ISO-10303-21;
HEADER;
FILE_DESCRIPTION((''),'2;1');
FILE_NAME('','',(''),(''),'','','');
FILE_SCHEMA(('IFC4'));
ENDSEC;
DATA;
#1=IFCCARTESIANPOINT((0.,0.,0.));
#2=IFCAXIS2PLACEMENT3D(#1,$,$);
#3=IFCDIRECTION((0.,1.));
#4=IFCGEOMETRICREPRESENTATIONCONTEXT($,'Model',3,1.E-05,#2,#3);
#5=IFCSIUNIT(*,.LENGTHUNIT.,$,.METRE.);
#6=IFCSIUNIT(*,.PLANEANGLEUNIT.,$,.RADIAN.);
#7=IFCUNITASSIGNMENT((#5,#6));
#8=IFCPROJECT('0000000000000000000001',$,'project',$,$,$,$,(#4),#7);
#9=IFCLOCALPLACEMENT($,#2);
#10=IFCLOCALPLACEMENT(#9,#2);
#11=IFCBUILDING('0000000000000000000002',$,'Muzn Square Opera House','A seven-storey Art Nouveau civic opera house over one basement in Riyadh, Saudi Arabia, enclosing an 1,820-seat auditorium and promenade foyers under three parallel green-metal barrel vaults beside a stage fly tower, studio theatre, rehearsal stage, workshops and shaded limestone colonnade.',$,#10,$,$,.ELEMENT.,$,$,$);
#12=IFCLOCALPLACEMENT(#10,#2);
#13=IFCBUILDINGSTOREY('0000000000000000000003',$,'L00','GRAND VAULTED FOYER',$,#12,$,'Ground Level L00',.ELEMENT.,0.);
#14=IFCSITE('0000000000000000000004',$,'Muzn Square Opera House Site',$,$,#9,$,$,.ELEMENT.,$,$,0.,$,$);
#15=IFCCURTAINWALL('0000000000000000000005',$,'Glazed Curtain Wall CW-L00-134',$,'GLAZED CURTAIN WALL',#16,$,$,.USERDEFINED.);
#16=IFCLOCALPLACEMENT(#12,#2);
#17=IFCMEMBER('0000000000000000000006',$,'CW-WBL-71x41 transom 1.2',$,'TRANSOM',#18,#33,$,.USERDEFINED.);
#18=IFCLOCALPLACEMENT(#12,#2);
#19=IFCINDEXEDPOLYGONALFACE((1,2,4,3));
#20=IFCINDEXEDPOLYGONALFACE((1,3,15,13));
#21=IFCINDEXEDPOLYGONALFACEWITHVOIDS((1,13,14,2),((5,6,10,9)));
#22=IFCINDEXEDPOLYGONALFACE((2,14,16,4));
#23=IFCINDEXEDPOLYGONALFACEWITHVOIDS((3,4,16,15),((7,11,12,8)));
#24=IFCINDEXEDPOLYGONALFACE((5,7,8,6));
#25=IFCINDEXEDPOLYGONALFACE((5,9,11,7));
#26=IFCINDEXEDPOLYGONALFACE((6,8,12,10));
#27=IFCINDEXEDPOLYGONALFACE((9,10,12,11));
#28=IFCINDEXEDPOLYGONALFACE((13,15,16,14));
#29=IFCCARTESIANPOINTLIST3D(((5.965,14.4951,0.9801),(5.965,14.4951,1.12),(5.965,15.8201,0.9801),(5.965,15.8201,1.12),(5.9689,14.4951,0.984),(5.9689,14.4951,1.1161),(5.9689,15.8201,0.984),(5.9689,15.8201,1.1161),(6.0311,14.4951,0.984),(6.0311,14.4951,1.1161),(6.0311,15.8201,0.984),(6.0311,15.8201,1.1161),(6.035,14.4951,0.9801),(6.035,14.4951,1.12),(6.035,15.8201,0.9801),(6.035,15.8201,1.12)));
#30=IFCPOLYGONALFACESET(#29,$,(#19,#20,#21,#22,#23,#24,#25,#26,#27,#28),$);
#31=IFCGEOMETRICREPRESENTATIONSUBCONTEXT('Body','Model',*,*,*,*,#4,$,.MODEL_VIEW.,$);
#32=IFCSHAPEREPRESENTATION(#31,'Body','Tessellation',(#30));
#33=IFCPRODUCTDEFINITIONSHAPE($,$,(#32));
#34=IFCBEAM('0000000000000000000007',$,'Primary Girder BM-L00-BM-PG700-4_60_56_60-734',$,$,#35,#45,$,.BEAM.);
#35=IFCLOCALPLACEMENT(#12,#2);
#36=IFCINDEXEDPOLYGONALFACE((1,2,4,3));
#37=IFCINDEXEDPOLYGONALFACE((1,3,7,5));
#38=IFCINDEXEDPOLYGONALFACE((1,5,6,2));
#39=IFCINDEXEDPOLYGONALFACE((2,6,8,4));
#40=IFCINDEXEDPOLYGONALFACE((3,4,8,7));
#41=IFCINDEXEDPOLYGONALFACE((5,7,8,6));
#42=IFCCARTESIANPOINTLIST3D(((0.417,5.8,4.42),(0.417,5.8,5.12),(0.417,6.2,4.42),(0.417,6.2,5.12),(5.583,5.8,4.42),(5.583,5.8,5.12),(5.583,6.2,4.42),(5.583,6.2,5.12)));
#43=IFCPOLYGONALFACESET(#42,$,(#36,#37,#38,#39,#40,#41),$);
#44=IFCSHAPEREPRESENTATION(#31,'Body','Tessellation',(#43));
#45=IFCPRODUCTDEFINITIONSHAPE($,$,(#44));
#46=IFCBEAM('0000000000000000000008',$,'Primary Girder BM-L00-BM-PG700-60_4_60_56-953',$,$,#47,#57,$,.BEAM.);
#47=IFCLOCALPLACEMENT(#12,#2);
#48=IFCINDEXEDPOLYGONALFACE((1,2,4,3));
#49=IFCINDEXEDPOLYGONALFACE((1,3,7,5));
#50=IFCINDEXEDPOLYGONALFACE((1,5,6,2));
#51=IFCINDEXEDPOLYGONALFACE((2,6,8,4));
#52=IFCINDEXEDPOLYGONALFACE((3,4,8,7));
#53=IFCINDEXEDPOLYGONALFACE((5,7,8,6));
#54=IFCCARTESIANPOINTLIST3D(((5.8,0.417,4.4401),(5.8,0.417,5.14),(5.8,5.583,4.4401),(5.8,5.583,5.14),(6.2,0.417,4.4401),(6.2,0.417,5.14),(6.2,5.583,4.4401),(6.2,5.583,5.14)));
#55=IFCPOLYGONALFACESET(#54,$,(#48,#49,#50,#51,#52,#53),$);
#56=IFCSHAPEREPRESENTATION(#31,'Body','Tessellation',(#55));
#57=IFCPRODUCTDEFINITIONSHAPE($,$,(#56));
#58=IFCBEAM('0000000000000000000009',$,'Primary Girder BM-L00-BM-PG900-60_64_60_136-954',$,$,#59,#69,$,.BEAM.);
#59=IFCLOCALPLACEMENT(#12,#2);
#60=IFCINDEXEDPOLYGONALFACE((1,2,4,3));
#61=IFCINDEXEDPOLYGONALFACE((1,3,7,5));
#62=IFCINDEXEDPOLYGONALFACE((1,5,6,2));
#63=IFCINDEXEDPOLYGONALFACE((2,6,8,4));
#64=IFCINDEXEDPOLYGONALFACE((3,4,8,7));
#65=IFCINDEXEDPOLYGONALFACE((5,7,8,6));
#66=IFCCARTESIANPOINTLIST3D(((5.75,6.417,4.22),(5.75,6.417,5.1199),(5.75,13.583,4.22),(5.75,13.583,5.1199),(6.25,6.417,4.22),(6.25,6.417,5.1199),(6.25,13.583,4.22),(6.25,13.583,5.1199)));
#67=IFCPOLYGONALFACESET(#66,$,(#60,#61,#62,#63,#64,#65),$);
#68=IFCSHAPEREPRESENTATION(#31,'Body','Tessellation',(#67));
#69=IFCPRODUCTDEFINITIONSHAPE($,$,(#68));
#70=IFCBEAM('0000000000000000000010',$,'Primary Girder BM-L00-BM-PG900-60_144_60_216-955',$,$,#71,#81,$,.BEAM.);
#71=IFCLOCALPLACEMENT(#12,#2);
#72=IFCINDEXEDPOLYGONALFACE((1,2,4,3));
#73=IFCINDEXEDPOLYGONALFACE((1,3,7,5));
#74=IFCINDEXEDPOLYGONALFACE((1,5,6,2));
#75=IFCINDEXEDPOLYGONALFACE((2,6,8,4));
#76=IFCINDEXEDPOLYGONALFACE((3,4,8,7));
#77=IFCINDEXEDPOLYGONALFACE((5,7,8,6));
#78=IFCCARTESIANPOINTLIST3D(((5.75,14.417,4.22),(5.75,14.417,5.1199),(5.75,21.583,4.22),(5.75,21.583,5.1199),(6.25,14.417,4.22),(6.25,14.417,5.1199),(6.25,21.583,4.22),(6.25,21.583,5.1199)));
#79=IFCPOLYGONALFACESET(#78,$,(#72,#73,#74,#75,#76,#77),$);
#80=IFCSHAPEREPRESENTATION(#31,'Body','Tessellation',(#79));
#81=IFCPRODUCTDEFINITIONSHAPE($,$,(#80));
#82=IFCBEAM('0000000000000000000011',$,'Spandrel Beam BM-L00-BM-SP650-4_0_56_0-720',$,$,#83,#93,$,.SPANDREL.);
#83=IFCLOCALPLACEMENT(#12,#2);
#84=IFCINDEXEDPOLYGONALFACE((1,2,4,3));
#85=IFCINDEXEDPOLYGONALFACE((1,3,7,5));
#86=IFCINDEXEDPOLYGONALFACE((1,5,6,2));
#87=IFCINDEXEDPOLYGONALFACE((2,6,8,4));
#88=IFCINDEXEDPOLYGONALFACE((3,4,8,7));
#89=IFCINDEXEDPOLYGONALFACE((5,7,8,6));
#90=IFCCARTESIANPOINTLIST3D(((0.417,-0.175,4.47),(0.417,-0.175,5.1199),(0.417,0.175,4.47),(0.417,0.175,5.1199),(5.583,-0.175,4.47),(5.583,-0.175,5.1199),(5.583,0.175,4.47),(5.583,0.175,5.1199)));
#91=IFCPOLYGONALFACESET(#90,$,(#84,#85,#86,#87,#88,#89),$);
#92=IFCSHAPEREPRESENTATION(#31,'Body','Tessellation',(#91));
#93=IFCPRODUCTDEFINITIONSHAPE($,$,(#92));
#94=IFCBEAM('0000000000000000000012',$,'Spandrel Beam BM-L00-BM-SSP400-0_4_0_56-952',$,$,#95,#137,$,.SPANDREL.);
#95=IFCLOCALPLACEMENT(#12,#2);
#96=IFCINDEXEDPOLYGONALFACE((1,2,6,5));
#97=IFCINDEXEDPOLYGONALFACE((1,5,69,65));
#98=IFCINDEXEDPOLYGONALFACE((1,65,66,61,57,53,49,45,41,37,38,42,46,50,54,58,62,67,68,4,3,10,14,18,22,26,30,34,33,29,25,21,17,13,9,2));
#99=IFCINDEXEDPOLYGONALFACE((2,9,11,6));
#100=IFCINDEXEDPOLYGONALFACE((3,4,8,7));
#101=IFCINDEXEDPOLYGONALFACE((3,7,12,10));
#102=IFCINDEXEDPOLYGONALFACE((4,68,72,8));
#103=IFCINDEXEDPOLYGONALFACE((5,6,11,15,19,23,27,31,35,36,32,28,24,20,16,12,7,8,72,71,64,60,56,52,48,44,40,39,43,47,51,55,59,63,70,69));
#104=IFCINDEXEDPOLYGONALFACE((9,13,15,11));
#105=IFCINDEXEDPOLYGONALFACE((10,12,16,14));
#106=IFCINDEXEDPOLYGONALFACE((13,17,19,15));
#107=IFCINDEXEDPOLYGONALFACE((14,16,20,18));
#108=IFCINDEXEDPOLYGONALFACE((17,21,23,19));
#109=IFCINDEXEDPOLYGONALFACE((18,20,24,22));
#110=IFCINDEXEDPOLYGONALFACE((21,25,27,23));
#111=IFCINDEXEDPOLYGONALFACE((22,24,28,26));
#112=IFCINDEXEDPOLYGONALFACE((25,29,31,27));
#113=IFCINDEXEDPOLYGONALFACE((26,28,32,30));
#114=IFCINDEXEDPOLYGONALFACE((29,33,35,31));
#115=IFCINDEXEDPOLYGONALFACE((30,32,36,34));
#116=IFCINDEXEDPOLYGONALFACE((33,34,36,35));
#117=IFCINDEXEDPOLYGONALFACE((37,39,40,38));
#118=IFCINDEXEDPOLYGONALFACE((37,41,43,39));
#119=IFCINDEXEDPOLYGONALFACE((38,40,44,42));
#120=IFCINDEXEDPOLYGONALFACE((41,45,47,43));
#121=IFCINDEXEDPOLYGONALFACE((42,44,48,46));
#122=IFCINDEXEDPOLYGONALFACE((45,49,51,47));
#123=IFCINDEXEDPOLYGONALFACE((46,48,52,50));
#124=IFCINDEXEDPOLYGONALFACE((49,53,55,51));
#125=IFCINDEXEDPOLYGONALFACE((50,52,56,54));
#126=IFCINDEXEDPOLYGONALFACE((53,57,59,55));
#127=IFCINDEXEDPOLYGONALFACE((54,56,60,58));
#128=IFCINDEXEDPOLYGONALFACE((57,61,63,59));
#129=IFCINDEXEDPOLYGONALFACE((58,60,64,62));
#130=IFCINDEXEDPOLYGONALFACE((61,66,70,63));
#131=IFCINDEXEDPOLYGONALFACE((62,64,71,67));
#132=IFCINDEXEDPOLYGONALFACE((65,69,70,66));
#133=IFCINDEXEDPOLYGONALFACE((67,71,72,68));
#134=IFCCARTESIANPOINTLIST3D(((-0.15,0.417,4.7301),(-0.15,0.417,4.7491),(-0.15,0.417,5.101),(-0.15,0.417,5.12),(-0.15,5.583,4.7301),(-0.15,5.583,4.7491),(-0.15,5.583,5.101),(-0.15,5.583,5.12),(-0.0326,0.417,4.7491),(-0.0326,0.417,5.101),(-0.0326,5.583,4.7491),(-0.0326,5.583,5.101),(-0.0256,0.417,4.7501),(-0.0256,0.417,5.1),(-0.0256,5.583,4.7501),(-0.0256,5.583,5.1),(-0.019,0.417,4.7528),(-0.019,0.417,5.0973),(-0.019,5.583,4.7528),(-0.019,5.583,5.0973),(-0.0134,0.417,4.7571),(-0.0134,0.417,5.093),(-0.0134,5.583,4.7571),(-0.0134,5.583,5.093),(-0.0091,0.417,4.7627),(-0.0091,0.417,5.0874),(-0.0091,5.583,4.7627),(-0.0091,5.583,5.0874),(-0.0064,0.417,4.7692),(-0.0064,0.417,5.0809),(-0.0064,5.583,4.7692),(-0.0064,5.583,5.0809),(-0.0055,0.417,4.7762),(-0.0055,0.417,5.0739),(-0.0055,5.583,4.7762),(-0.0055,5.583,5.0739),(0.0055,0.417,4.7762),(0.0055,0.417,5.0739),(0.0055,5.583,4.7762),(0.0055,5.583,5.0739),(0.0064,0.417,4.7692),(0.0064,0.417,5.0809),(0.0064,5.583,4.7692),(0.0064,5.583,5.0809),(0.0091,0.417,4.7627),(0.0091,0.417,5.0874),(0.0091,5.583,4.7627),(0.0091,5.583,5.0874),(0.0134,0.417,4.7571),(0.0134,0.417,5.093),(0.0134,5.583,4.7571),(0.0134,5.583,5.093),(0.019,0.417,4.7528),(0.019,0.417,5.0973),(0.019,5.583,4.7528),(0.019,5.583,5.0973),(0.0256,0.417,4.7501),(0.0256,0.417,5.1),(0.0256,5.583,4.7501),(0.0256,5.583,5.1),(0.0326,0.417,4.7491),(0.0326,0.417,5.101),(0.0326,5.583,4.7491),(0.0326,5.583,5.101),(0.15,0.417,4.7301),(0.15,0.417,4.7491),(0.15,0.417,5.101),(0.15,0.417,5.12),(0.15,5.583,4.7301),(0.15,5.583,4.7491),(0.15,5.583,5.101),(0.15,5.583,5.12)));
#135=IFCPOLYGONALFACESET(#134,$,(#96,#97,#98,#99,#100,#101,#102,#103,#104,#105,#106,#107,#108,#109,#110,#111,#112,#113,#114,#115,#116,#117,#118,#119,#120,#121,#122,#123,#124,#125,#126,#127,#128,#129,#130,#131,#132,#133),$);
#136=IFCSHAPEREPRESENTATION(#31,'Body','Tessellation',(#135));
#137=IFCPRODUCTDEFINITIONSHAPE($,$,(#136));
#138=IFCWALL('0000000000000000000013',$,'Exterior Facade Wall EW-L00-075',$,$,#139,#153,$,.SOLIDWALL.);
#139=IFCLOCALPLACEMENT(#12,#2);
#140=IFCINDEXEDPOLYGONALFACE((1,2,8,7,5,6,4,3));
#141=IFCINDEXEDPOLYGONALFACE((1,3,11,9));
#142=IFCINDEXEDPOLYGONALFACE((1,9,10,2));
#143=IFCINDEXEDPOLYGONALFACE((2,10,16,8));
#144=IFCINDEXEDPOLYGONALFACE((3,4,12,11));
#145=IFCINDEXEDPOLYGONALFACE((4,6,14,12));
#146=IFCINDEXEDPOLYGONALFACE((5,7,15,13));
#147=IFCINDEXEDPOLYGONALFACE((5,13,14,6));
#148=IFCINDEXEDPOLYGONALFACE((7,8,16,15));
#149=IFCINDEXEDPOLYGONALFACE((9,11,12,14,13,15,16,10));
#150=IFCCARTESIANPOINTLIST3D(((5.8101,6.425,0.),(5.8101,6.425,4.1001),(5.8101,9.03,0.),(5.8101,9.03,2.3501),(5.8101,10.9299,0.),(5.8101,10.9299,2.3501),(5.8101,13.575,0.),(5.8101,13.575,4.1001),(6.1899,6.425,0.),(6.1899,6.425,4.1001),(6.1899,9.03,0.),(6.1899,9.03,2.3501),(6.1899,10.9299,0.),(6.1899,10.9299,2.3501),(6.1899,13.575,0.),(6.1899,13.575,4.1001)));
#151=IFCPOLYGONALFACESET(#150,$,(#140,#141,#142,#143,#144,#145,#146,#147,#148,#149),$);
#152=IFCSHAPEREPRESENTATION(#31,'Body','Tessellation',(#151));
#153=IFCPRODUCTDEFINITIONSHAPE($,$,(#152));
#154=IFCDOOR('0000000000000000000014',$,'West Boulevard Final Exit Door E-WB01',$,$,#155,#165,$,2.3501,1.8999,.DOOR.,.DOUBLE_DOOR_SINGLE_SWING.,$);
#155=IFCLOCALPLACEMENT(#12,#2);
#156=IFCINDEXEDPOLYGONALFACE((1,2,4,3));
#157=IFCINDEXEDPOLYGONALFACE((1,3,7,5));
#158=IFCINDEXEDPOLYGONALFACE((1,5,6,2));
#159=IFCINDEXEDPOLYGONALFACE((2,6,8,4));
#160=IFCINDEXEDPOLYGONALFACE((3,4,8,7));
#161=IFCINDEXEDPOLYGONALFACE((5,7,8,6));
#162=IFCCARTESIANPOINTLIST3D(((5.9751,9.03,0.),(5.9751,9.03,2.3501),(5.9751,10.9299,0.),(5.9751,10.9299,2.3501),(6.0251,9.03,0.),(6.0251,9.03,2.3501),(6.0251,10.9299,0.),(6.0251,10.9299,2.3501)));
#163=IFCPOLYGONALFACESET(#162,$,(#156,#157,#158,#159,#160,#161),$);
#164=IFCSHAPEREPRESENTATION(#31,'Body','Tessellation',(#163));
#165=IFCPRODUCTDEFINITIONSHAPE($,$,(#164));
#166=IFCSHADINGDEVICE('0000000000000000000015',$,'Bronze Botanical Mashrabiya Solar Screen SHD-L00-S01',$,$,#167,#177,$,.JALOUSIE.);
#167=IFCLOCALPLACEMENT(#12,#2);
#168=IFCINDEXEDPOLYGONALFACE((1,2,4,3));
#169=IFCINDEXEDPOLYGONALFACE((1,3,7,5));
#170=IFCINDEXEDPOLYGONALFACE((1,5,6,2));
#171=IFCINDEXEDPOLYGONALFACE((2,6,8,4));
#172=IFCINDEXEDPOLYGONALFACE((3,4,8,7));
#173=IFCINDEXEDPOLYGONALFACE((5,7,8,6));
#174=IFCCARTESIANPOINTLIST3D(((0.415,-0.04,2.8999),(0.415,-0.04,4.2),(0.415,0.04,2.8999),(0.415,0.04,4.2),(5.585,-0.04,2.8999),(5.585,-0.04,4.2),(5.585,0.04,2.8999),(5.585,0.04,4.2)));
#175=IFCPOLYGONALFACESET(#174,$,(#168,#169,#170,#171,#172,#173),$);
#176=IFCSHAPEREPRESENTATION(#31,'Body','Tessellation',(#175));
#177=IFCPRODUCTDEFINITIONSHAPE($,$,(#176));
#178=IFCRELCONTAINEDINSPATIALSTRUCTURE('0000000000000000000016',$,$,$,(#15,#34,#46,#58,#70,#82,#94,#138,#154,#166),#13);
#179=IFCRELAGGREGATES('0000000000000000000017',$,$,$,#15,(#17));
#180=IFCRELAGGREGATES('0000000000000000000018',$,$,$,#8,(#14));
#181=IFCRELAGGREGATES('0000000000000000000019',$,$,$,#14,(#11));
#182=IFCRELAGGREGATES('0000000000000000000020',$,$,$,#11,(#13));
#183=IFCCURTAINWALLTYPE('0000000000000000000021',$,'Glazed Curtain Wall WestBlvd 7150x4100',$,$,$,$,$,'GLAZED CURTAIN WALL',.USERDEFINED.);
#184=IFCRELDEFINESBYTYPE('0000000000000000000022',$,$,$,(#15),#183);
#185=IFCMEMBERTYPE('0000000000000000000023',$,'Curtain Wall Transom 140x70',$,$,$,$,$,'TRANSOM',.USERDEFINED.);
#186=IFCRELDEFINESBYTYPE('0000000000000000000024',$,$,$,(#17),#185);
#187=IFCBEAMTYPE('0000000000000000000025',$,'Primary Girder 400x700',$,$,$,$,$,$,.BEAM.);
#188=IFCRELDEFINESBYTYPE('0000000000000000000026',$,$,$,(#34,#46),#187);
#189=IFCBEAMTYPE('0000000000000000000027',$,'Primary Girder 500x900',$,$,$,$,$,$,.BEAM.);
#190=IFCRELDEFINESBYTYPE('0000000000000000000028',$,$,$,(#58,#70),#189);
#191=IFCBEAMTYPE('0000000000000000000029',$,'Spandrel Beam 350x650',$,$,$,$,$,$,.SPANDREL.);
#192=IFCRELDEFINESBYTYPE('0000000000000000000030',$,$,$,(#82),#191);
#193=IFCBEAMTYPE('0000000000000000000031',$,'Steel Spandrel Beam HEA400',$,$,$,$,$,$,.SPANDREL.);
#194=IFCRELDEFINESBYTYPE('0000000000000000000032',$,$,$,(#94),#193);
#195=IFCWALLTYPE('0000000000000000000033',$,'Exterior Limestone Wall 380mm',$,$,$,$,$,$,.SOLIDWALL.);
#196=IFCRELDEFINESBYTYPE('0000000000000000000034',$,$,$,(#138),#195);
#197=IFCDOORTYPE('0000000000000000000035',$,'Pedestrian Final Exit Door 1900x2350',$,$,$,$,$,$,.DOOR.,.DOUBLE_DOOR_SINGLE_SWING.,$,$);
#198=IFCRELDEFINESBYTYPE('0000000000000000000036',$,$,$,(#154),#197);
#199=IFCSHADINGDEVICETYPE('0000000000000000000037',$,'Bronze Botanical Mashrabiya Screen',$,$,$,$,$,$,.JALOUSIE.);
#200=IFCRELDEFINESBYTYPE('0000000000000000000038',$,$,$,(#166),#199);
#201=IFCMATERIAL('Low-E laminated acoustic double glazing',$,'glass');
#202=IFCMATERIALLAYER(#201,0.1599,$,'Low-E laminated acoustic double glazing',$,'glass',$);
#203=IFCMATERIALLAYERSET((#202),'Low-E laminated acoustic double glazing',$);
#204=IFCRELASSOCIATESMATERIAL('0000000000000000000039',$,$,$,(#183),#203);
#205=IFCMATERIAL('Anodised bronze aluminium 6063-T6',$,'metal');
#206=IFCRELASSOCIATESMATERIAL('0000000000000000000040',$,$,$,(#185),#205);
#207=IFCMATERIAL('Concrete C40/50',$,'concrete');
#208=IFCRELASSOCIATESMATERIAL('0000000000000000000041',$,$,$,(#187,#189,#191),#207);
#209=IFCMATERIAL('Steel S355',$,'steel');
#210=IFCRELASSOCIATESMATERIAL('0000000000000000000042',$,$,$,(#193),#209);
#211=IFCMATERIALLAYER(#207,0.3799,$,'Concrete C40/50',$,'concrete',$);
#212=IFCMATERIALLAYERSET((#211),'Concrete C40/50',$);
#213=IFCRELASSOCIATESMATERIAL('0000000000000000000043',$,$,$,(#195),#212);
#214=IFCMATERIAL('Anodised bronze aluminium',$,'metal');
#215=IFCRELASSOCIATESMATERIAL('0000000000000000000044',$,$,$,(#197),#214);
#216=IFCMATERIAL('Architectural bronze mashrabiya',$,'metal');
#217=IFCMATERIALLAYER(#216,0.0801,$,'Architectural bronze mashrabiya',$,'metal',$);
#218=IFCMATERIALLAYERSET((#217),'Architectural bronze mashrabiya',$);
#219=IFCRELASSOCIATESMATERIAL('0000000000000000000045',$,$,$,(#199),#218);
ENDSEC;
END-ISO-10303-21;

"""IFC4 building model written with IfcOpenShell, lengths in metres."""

from ifc_helpers import new_model, si_unit, direction, frame, frame_2d, origin, origin_2d, place, context, subcontext, project, spatial, rectangle, hollow_rectangle, i_section, extrude, material, layer, layer_set, material_profile, profile_set, type_object, element, fill, aggregate, save


model = new_model("IFC4")

# Units and contexts
model_context = context("Model", 3, precision=1e-05, world=origin(), true_north=direction((0.0, 1.0)))
body_context = subcontext(model_context, "Body", "Model", "MODEL_VIEW")
ifc_project = project(units=[si_unit("LENGTHUNIT", "METRE"), si_unit("PLANEANGLEUNIT", "RADIAN")], contexts=[model_context])

# Site, building, storey
site_placement = place(None, origin())
site = spatial("IfcSite", under=ifc_project, at=site_placement, Name="Muzn Square Opera House Site", CompositionType="ELEMENT", RefElevation=0.0)
building_placement = place(site_placement, origin())
building = spatial("IfcBuilding", under=site, at=building_placement, Name="Muzn Square Opera House", Description="A seven-storey Art Nouveau civic opera house over one basement in Riyadh, Saudi Arabia, enclosing an 1,820-seat auditorium and promenade foyers under three parallel green-metal barrel vaults beside a stage fly tower, studio theatre, rehearsal stage, workshops and shaded limestone colonnade.", CompositionType="ELEMENT")
storey_placement = place(building_placement, origin())
storey = spatial("IfcBuildingStorey", under=building, at=storey_placement, Name="L00", Description="GRAND VAULTED FOYER", LongName="Ground Level L00", CompositionType="ELEMENT", Elevation=0.0)

# Curtain wall, member
ifc_material_1 = material(Name="Low-E laminated acoustic double glazing", Category="glass")
ifc_layer_1 = layer(ifc_material_1, 0.1599, Name="Low-E laminated acoustic double glazing", Category="glass")
ifc_layer_set_1 = layer_set([ifc_layer_1], Name="Low-E laminated acoustic double glazing")
curtain_wall_type = type_object("IfcCurtainWallType", Name="Glazed Curtain Wall WestBlvd 7150x4100", ElementType="GLAZED CURTAIN WALL", PredefinedType="USERDEFINED", material=ifc_layer_set_1)
curtain_wall_placement = place(storey_placement, origin())
curtain_wall = element("IfcCurtainWall", 1, at=curtain_wall_placement, inside=storey, type_object=curtain_wall_type, Name="Glazed Curtain Wall CW-L00-134", ObjectType="GLAZED CURTAIN WALL", PredefinedType="USERDEFINED")
ifc_material_2 = material(Name="Anodised bronze aluminium 6063-T6", Category="metal")
ifc_material_profile_1 = material_profile(ifc_material_2, hollow_rectangle(XDim=0.0701, YDim=0.1399, WallThickness=0.0039, at=origin_2d()), Name="ALU 140x70x4", Category="metal")
ifc_profile_set_1 = profile_set([ifc_material_profile_1], Name="Anodised bronze aluminium 6063-T6")
member_type_1 = type_object("IfcMemberType", Name="Curtain Wall Transom 140x70", ElementType="TRANSOM", PredefinedType="USERDEFINED", material=ifc_profile_set_1)
member_1_placement = place(storey_placement, frame((6.0, 14.4951, 1.05), z_axis=(0.0, 1.0, 0.0), x_axis=(-1.0, 0.0, 0.0)))
member_1 = element("IfcMember", 2, at=member_1_placement, type_object=member_type_1, Name="CW-WBL-71x41 transom 1.2", ObjectType="TRANSOM", PredefinedType="USERDEFINED", context=body_context, shape_type="SweptSolid", body=[
    extrude(hollow_rectangle(XDim=0.0701, YDim=0.1399, WallThickness=0.0039, at=origin_2d()), origin(), (0.0, 0.0, 1.0), 1.325),
])
aggregate(curtain_wall, [member_1])

# Beams
ifc_material_3 = material(Name="Concrete C40/50", Category="concrete")
ifc_material_profile_2 = material_profile(ifc_material_3, rectangle(XDim=0.3999, YDim=0.7, at=origin_2d()), Name="RCB 400x700", Category="concrete")
ifc_profile_set_2 = profile_set([ifc_material_profile_2], Name="Concrete C40/50")
beam_type_1 = type_object("IfcBeamType", Name="Primary Girder 400x700", PredefinedType="BEAM", material=ifc_profile_set_2)
for number, where, z_axis, x_axis, name in (
    (3, (0.417, 6.0, 4.77), (1.0, 0.0, 0.0), (0.0, 1.0, 0.0), "Primary Girder BM-L00-BM-PG700-4_60_56_60-734"),
    (4, (6.0, 0.417, 4.79), (0.0, 1.0, 0.0), (-1.0, 0.0, 0.0), "Primary Girder BM-L00-BM-PG700-60_4_60_56-953"),
):
    element("IfcBeam", number, at=place(storey_placement, frame(where, z_axis=z_axis, x_axis=x_axis)), inside=storey, type_object=beam_type_1, Name=name, PredefinedType="BEAM", context=body_context, shape_type="SweptSolid", body=[
        extrude(rectangle(XDim=0.3999, YDim=0.7, at=origin_2d()), origin(), (0.0, 0.0, 1.0), 5.166),
    ])
ifc_material_profile_3 = material_profile(ifc_material_3, rectangle(XDim=0.5, YDim=0.8999, at=origin_2d()), Name="RCB 500x900", Category="concrete")
ifc_profile_set_3 = profile_set([ifc_material_profile_3], Name="Concrete C40/50")
beam_type_2 = type_object("IfcBeamType", Name="Primary Girder 500x900", PredefinedType="BEAM", material=ifc_profile_set_3)
for number, where, z_axis, x_axis, name in (
    (5, (6.0, 6.417, 4.6699), (0.0, 1.0, 0.0), (-1.0, 0.0, 0.0), "Primary Girder BM-L00-BM-PG900-60_64_60_136-954"),
    (6, (6.0, 14.417, 4.6699), (0.0, 1.0, 0.0), (-1.0, 0.0, 0.0), "Primary Girder BM-L00-BM-PG900-60_144_60_216-955"),
):
    element("IfcBeam", number, at=place(storey_placement, frame(where, z_axis=z_axis, x_axis=x_axis)), inside=storey, type_object=beam_type_2, Name=name, PredefinedType="BEAM", context=body_context, shape_type="SweptSolid", body=[
        extrude(rectangle(XDim=0.5, YDim=0.8999, at=origin_2d()), origin(), (0.0, 0.0, 1.0), 7.166),
    ])
ifc_material_profile_4 = material_profile(ifc_material_3, rectangle(XDim=0.3501, YDim=0.6499, at=origin_2d()), Name="RCS 350x650", Category="concrete")
ifc_profile_set_4 = profile_set([ifc_material_profile_4], Name="Concrete C40/50")
beam_type_3 = type_object("IfcBeamType", Name="Spandrel Beam 350x650", PredefinedType="SPANDREL", material=ifc_profile_set_4)
beam_1_placement = place(storey_placement, frame((0.417, 0.0, 4.7949), z_axis=(1.0, 0.0, 0.0), x_axis=(0.0, 1.0, 0.0)))
element("IfcBeam", 7, at=beam_1_placement, inside=storey, type_object=beam_type_3, Name="Spandrel Beam BM-L00-BM-SP650-4_0_56_0-720", PredefinedType="SPANDREL", context=body_context, shape_type="SweptSolid", body=[
    extrude(rectangle(XDim=0.3501, YDim=0.6499, at=origin_2d()), origin(), (0.0, 0.0, 1.0), 5.166),
])
ifc_material_4 = material(Name="Steel S355", Category="steel")
ifc_material_profile_5 = material_profile(ifc_material_4, i_section(OverallWidth=0.3, OverallDepth=0.3899, WebThickness=0.011, FlangeThickness=0.019, FilletRadius=0.0271, at=origin_2d()), Name="HEA 400", Category="steel")
ifc_profile_set_5 = profile_set([ifc_material_profile_5], Name="Steel S355")
beam_type_4 = type_object("IfcBeamType", Name="Steel Spandrel Beam HEA400", PredefinedType="SPANDREL", material=ifc_profile_set_5)
beam_2_placement = place(storey_placement, frame((0.0, 0.417, 4.925), z_axis=(0.0, 1.0, 0.0), x_axis=(-1.0, 0.0, 0.0)))
element("IfcBeam", 8, at=beam_2_placement, inside=storey, type_object=beam_type_4, Name="Spandrel Beam BM-L00-BM-SSP400-0_4_0_56-952", PredefinedType="SPANDREL", context=body_context, shape_type="SweptSolid", body=[
    extrude(i_section(OverallWidth=0.3, OverallDepth=0.3899, WebThickness=0.011, FlangeThickness=0.019, FilletRadius=0.0271, at=origin_2d()), origin(), (0.0, 0.0, 1.0), 5.166),
])

# Wall, opening, door
ifc_layer_2 = layer(ifc_material_3, 0.3799, Name="Concrete C40/50", Category="concrete")
ifc_layer_set_2 = layer_set([ifc_layer_2], Name="Concrete C40/50")
wall_type = type_object("IfcWallType", Name="Exterior Limestone Wall 380mm", PredefinedType="SOLIDWALL", material=ifc_layer_set_2)
wall_placement = place(storey_placement, frame((6.0, 6.425, 0.0), z_axis=(0.0, 0.0, 1.0), x_axis=(0.0, 1.0, 0.0)))
wall = element("IfcWall", 9, at=wall_placement, inside=storey, type_object=wall_type, Name="Exterior Facade Wall EW-L00-075", PredefinedType="SOLIDWALL", context=body_context, shape_type="SweptSolid", body=[
    extrude(rectangle(XDim=7.1499, YDim=0.3799, at=frame_2d((3.575, 0.0))), origin(), (0.0, 0.0, 1.0), 4.1001),
])
opening_placement = place(wall_placement, frame((2.605, 0.0, 0.0)))
opening = element("IfcOpeningElement", 10, at=opening_placement, cuts=wall, PredefinedType="OPENING", context=body_context, shape_type="SweptSolid", body=[
    extrude(rectangle(XDim=1.8999, YDim=2.3501, at=frame_2d((0.95, 1.175))), frame((0.0, 0.2, 0.0), z_axis=(0.0, -1.0, 0.0), x_axis=(1.0, 0.0, 0.0)), (0.0, 0.0, 1.0), 0.3999),
])
ifc_material_5 = material(Name="Anodised bronze aluminium", Category="metal")
door_type = type_object("IfcDoorType", Name="Pedestrian Final Exit Door 1900x2350", OperationType="DOUBLE_DOOR_SINGLE_SWING", PredefinedType="DOOR", material=ifc_material_5)
door_placement = place(opening_placement, origin())
door = element("IfcDoor", 11, at=door_placement, inside=storey, type_object=door_type, Name="West Boulevard Final Exit Door E-WB01", OperationType="DOUBLE_DOOR_SINGLE_SWING", OverallHeight=2.3501, OverallWidth=1.8999, PredefinedType="DOOR", context=body_context, shape_type="SweptSolid", body=[
    extrude(rectangle(XDim=1.8999, YDim=2.3501, at=frame_2d((0.95, 1.175))), frame((0.0, 0.0249, 0.0), z_axis=(0.0, -1.0, 0.0), x_axis=(1.0, 0.0, 0.0)), (0.0, 0.0, 1.0), 0.05),
])
fill(opening, door)

# Shading device
ifc_material_6 = material(Name="Architectural bronze mashrabiya", Category="metal")
ifc_layer_3 = layer(ifc_material_6, 0.0801, Name="Architectural bronze mashrabiya", Category="metal")
ifc_layer_set_3 = layer_set([ifc_layer_3], Name="Architectural bronze mashrabiya")
shading_device_type = type_object("IfcShadingDeviceType", Name="Bronze Botanical Mashrabiya Screen", PredefinedType="JALOUSIE", material=ifc_layer_set_3)
shading_device_placement = place(storey_placement, frame((3.0, 0.0, 2.8999), z_axis=(0.0, 0.0, 1.0), x_axis=(1.0, 0.0, 0.0)))
element("IfcShadingDevice", 12, at=shading_device_placement, inside=storey, type_object=shading_device_type, Name="Bronze Botanical Mashrabiya Solar Screen SHD-L00-S01", PredefinedType="JALOUSIE", context=body_context, shape_type="SweptSolid", body=[
    extrude(rectangle(XDim=5.1699, YDim=0.0801, at=origin_2d()), origin(), (0.0, 0.0, 1.0), 1.3),
])

save(model, "model.ifc")
